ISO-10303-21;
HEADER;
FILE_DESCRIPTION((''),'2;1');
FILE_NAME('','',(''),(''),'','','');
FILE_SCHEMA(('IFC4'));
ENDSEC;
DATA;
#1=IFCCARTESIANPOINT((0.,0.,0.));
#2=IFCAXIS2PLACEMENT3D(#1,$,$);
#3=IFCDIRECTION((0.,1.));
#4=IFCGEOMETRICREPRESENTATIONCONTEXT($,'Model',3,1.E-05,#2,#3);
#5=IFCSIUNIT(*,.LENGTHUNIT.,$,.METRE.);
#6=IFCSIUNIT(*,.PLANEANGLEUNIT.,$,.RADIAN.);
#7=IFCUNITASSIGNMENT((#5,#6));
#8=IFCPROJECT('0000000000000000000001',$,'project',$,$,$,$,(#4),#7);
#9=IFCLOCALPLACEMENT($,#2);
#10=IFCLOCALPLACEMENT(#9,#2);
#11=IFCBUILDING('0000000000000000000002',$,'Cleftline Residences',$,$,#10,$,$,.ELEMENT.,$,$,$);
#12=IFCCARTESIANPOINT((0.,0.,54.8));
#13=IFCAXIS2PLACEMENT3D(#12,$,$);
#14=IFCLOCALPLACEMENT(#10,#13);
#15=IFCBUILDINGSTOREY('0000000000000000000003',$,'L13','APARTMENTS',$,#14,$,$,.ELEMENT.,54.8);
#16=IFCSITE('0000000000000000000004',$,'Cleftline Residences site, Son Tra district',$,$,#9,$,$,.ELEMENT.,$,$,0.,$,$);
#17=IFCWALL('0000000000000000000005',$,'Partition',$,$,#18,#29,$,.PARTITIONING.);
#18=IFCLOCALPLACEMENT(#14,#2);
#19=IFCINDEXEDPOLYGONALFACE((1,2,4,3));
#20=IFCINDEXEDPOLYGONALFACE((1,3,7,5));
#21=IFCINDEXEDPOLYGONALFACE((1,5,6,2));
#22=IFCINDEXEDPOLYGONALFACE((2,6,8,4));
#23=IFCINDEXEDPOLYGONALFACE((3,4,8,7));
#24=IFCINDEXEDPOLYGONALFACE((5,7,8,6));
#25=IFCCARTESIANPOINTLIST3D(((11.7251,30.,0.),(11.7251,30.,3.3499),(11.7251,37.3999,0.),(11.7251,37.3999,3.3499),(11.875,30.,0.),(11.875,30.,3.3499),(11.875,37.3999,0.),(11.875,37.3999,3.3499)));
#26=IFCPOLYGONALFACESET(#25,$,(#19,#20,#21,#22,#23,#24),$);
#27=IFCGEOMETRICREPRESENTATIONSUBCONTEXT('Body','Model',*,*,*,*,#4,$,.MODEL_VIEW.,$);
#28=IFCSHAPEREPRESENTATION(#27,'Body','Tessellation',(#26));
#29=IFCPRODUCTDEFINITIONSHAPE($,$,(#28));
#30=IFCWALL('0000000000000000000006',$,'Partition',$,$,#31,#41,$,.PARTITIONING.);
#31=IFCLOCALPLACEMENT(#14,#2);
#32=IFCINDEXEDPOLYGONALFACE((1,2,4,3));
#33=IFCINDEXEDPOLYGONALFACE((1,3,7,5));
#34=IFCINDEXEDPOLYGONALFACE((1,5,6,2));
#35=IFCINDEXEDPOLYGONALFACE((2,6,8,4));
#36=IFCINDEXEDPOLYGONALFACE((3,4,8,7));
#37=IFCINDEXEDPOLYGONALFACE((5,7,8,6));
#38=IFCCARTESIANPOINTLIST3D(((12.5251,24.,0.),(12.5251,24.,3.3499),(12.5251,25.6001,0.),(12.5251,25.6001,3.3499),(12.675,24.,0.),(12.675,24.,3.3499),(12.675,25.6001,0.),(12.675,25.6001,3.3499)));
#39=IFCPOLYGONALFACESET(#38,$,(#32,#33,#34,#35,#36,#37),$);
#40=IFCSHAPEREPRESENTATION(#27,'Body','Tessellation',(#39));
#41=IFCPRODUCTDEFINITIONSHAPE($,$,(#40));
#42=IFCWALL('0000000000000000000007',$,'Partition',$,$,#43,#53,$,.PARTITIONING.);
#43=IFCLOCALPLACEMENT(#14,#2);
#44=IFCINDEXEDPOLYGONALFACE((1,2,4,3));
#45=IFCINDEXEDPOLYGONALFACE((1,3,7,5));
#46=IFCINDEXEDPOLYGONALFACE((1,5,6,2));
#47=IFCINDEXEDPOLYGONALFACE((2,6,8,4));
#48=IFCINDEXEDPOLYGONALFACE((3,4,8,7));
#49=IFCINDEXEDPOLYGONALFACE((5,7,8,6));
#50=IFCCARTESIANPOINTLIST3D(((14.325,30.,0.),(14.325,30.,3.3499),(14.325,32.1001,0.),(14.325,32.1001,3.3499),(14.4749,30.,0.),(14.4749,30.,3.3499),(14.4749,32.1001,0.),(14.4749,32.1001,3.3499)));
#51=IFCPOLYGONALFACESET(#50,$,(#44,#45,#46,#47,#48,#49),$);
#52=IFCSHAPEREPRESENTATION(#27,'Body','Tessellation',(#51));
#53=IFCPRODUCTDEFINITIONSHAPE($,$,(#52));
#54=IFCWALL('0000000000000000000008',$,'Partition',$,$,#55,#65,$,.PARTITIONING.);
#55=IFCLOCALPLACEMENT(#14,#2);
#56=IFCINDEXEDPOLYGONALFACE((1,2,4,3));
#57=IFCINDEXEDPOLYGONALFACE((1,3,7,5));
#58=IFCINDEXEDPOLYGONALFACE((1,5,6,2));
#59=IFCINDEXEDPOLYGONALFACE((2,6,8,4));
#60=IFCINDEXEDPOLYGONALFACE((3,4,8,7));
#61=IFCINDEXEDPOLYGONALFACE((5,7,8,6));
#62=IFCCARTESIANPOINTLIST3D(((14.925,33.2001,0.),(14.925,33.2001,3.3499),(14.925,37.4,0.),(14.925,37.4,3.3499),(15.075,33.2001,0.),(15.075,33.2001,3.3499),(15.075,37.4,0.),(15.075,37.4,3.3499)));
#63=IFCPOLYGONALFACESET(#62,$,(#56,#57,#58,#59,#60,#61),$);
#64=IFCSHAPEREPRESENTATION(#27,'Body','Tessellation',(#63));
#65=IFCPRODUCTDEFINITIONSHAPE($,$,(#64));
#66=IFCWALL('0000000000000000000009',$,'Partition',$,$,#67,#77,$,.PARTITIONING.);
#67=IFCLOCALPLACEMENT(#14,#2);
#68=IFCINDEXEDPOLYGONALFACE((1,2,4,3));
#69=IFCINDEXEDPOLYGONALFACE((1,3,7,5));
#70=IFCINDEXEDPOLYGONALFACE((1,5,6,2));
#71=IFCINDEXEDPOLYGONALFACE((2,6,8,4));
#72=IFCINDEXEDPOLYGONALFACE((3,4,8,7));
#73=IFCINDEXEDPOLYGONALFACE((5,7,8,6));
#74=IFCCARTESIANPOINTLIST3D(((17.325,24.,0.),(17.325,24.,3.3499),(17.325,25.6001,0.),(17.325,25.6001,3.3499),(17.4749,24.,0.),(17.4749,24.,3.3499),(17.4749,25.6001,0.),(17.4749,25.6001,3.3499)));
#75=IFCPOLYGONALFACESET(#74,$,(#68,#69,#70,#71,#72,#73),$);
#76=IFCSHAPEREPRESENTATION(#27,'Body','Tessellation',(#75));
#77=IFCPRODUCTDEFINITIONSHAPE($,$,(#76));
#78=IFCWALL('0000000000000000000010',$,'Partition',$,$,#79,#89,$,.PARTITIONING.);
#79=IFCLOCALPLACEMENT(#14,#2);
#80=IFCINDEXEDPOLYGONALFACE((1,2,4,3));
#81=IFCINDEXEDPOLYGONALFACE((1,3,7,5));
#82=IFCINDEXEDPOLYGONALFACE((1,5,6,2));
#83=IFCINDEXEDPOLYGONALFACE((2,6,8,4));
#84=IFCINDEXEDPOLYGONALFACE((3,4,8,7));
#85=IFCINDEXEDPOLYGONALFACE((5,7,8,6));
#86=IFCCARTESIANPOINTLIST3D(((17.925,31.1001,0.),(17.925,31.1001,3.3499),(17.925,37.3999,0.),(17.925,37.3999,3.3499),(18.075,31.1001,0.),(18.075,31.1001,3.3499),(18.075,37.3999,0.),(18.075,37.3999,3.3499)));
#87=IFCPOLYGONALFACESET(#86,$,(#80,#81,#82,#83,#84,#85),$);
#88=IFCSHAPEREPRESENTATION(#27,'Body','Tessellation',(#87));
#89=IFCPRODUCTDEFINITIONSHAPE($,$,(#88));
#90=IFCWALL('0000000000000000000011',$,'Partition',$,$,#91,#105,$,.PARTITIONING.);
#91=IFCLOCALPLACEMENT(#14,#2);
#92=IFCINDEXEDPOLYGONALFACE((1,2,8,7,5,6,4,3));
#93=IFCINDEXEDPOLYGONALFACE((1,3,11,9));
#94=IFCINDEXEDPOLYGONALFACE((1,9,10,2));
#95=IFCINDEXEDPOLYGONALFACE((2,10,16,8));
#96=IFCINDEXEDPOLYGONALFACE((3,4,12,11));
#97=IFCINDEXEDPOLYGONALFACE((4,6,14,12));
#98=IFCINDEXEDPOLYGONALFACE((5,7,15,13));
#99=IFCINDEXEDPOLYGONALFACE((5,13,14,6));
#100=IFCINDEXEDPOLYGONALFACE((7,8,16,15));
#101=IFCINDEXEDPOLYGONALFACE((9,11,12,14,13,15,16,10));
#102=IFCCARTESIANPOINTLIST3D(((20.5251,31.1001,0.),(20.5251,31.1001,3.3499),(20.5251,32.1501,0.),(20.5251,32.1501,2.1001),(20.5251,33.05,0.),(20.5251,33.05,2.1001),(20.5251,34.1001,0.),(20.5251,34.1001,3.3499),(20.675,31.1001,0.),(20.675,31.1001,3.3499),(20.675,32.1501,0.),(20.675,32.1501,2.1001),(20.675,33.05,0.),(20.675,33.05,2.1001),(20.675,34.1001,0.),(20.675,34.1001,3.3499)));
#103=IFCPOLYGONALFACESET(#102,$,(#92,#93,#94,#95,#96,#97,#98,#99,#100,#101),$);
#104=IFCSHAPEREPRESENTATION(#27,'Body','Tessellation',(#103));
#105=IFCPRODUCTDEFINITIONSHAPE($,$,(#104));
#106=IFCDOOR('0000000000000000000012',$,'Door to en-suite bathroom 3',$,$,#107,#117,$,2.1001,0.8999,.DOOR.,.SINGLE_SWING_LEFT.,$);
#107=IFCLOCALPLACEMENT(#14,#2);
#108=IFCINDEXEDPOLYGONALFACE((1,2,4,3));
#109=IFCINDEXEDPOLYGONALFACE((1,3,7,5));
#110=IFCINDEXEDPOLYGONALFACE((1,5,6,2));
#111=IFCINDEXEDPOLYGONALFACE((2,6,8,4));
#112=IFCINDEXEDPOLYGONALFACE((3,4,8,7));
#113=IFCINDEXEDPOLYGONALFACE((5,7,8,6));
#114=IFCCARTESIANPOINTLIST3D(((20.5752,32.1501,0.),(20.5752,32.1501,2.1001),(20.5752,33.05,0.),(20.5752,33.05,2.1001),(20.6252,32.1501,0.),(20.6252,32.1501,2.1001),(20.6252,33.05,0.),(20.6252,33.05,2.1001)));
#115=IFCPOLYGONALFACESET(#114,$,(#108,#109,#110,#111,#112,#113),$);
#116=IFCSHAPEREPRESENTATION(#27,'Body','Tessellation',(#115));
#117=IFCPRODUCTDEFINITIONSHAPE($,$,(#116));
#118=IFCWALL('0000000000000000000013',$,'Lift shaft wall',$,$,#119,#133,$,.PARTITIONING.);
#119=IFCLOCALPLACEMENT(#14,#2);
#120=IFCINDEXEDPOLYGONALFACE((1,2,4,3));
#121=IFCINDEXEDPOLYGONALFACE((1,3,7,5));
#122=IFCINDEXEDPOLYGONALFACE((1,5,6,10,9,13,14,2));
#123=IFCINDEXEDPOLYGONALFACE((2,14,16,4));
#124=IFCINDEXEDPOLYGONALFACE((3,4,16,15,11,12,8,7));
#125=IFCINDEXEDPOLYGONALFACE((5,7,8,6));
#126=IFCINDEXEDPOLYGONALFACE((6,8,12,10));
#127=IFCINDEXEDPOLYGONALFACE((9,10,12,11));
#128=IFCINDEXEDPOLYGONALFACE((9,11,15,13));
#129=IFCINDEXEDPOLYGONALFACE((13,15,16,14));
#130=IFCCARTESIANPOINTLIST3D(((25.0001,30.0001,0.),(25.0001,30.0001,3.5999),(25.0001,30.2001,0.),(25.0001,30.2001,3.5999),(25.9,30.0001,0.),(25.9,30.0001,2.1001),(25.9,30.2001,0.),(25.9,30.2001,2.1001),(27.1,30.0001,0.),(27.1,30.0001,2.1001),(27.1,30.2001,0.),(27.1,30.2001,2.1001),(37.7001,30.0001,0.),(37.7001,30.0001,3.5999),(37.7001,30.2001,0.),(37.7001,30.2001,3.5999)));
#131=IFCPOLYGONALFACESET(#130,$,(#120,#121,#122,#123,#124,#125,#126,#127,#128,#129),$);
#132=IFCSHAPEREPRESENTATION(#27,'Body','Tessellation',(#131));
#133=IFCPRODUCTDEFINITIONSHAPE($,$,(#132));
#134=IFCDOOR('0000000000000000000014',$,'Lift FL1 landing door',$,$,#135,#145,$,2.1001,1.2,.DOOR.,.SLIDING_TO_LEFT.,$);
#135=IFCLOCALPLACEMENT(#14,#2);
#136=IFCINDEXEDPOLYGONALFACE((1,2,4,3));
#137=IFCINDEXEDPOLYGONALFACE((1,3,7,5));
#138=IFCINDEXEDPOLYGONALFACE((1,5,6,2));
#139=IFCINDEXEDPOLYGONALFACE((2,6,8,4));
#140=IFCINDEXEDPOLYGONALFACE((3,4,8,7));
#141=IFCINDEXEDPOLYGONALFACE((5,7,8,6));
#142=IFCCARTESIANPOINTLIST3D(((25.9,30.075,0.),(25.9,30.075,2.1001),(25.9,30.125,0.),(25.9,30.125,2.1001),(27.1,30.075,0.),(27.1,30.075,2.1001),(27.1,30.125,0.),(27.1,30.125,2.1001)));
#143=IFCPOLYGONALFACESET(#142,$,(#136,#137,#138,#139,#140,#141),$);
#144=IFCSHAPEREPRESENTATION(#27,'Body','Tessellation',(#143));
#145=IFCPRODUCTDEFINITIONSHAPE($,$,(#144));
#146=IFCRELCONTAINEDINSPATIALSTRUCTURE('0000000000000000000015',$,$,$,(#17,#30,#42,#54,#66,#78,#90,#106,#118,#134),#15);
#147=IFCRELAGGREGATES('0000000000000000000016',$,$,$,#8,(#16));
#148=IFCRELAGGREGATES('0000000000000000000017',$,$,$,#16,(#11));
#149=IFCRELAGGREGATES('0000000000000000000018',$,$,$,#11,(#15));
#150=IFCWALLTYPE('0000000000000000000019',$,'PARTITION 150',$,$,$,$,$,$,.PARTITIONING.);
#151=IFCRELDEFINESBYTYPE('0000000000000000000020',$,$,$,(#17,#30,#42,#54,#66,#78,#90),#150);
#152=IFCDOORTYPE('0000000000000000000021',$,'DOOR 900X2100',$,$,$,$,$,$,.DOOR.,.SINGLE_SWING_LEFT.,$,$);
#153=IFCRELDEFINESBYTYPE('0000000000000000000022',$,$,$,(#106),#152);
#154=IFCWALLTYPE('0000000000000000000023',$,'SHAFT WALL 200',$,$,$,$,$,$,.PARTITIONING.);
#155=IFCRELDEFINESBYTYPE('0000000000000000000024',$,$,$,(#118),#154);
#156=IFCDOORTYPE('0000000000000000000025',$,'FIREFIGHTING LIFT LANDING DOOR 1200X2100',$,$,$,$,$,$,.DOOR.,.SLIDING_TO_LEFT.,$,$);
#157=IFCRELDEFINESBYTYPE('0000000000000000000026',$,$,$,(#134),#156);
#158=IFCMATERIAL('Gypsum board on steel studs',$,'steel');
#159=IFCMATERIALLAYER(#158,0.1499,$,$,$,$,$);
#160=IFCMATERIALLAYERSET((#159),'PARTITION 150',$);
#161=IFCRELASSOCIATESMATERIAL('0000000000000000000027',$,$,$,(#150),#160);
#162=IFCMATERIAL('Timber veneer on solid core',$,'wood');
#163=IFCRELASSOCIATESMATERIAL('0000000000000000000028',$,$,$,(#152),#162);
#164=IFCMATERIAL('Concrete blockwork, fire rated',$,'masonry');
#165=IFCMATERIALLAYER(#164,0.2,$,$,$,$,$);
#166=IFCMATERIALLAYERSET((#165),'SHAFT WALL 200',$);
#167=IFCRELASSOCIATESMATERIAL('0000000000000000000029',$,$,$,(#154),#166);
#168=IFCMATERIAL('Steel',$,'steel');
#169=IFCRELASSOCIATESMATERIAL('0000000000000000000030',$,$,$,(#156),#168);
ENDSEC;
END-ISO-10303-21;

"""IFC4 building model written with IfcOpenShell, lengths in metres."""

from ifc_helpers import new_model, si_unit, direction, frame, frame_2d, origin, place, context, subcontext, project, spatial, rectangle, extrude, material, layer, layer_set, type_object, element, fill, save


model = new_model("IFC4")

# Units and contexts
model_context = context("Model", 3, precision=1e-05, world=origin(), true_north=direction((0.0, 1.0)))
body_context = subcontext(model_context, "Body", "Model", "MODEL_VIEW")
ifc_project = project(units=[si_unit("LENGTHUNIT", "METRE"), si_unit("PLANEANGLEUNIT", "RADIAN")], contexts=[model_context])

# Site, building, storey
site_placement = place(None, origin())
site = spatial("IfcSite", under=ifc_project, at=site_placement, Name="Cleftline Residences site, Son Tra district", CompositionType="ELEMENT", RefElevation=0.0)
building_placement = place(site_placement, origin())
building = spatial("IfcBuilding", under=site, at=building_placement, Name="Cleftline Residences", CompositionType="ELEMENT")
storey_placement = place(building_placement, frame((0.0, 0.0, 54.8)))
storey = spatial("IfcBuildingStorey", under=building, at=storey_placement, Name="L13", Description="APARTMENTS", CompositionType="ELEMENT", Elevation=54.8)

# Shared definitions
ifc_material_1 = material(Name="Gypsum board on steel studs", Category="steel")
ifc_layer_1 = layer(ifc_material_1, 0.1499)
ifc_layer_set_1 = layer_set([ifc_layer_1], Name="PARTITION 150")
wall_type_1 = type_object("IfcWallType", Name="PARTITION 150", PredefinedType="PARTITIONING", material=ifc_layer_set_1)
ifc_material_2 = material(Name="Timber veneer on solid core", Category="wood")
door_type_1 = type_object("IfcDoorType", Name="DOOR 900X2100", OperationType="SINGLE_SWING_LEFT", PredefinedType="DOOR", material=ifc_material_2)

# Walls
wall_1_placement = place(storey_placement, frame((11.8, 30.0, 0.0), z_axis=(0.0, 0.0, 1.0), x_axis=(0.0, 1.0, 0.0)))
element("IfcWall", 1, at=wall_1_placement, inside=storey, type_object=wall_type_1, Name="Partition", PredefinedType="PARTITIONING", context=body_context, shape_type="SweptSolid", body=[
    extrude(rectangle(XDim=7.3999, YDim=0.1499, at=frame_2d((3.7, 0.0))), origin(), (0.0, 0.0, 1.0), 3.3499),
])
wall_2_placement = place(storey_placement, frame((12.6001, 24.0, 0.0), z_axis=(0.0, 0.0, 1.0), x_axis=(0.0, 1.0, 0.0)))
element("IfcWall", 2, at=wall_2_placement, inside=storey, type_object=wall_type_1, Name="Partition", PredefinedType="PARTITIONING", context=body_context, shape_type="SweptSolid", body=[
    extrude(rectangle(XDim=1.6001, YDim=0.1499, at=frame_2d((0.8, 0.0))), origin(), (0.0, 0.0, 1.0), 3.3499),
])
wall_3_placement = place(storey_placement, frame((14.3999, 30.0, 0.0), z_axis=(0.0, 0.0, 1.0), x_axis=(0.0, 1.0, 0.0)))
element("IfcWall", 3, at=wall_3_placement, inside=storey, type_object=wall_type_1, Name="Partition", PredefinedType="PARTITIONING", context=body_context, shape_type="SweptSolid", body=[
    extrude(rectangle(XDim=2.1001, YDim=0.1499, at=frame_2d((1.05, 0.0))), origin(), (0.0, 0.0, 1.0), 3.3499),
])
wall_4_placement = place(storey_placement, frame((15.0, 33.2, 0.0), z_axis=(0.0, 0.0, 1.0), x_axis=(0.0, 1.0, 0.0)))
element("IfcWall", 4, at=wall_4_placement, inside=storey, type_object=wall_type_1, Name="Partition", PredefinedType="PARTITIONING", context=body_context, shape_type="SweptSolid", body=[
    extrude(rectangle(XDim=4.2, YDim=0.1499, at=frame_2d((2.1001, 0.0))), origin(), (0.0, 0.0, 1.0), 3.3499),
])
wall_5_placement = place(storey_placement, frame((17.3999, 24.0, 0.0), z_axis=(0.0, 0.0, 1.0), x_axis=(0.0, 1.0, 0.0)))
element("IfcWall", 5, at=wall_5_placement, inside=storey, type_object=wall_type_1, Name="Partition", PredefinedType="PARTITIONING", context=body_context, shape_type="SweptSolid", body=[
    extrude(rectangle(XDim=1.6001, YDim=0.1499, at=frame_2d((0.8, 0.0))), origin(), (0.0, 0.0, 1.0), 3.3499),
])
wall_6_placement = place(storey_placement, frame((18.0, 31.1001, 0.0), z_axis=(0.0, 0.0, 1.0), x_axis=(0.0, 1.0, 0.0)))
element("IfcWall", 6, at=wall_6_placement, inside=storey, type_object=wall_type_1, Name="Partition", PredefinedType="PARTITIONING", context=body_context, shape_type="SweptSolid", body=[
    extrude(rectangle(XDim=6.2998, YDim=0.1499, at=frame_2d((3.1499, 0.0))), origin(), (0.0, 0.0, 1.0), 3.3499),
])

# Walls, openings, doors
wall_7_placement = place(storey_placement, frame((20.6001, 31.1001, 0.0), z_axis=(0.0, 0.0, 1.0), x_axis=(0.0, 1.0, 0.0)))
wall_7 = element("IfcWall", 7, at=wall_7_placement, inside=storey, type_object=wall_type_1, Name="Partition", PredefinedType="PARTITIONING", context=body_context, shape_type="SweptSolid", body=[
    extrude(rectangle(XDim=3.0, YDim=0.1499, at=frame_2d((1.5, 0.0))), origin(), (0.0, 0.0, 1.0), 3.3499),
])
opening_1_placement = place(wall_7_placement, frame((1.05, 0.0, 0.0)))
opening_1 = element("IfcOpeningElement", 8, at=opening_1_placement, cuts=wall_7, PredefinedType="OPENING", context=body_context, shape_type="SweptSolid", body=[
    extrude(rectangle(XDim=0.8999, YDim=2.1001, at=frame_2d((0.45, 1.05))), frame((0.0, 0.085, 0.0), z_axis=(0.0, -1.0, 0.0), x_axis=(1.0, 0.0, 0.0)), (0.0, 0.0, 1.0), 0.1699),
])
door_1_placement = place(opening_1_placement, origin())
door_1 = element("IfcDoor", 9, at=door_1_placement, inside=storey, type_object=door_type_1, Name="Door to en-suite bathroom 3", OperationType="SINGLE_SWING_LEFT", OverallHeight=2.1001, OverallWidth=0.8999, PredefinedType="DOOR", context=body_context, shape_type="SweptSolid", body=[
    extrude(rectangle(XDim=0.8999, YDim=2.1001, at=frame_2d((0.45, 1.05))), frame((0.0, 0.0249, 0.0), z_axis=(0.0, -1.0, 0.0), x_axis=(1.0, 0.0, 0.0)), (0.0, 0.0, 1.0), 0.05),
])
fill(opening_1, door_1)
ifc_material_3 = material(Name="Concrete blockwork, fire rated", Category="masonry")
ifc_layer_2 = layer(ifc_material_3, 0.2)
ifc_layer_set_2 = layer_set([ifc_layer_2], Name="SHAFT WALL 200")
wall_type_2 = type_object("IfcWallType", Name="SHAFT WALL 200", PredefinedType="PARTITIONING", material=ifc_layer_set_2)
wall_8_placement = place(storey_placement, frame((25.0, 30.1001, 0.0), z_axis=(0.0, 0.0, 1.0), x_axis=(1.0, 0.0, 0.0)))
wall_8 = element("IfcWall", 10, at=wall_8_placement, inside=storey, type_object=wall_type_2, Name="Lift shaft wall", PredefinedType="PARTITIONING", context=body_context, shape_type="SweptSolid", body=[
    extrude(rectangle(XDim=12.7, YDim=0.2, at=frame_2d((6.3501, 0.0))), origin(), (0.0, 0.0, 1.0), 3.5999),
])
opening_2_placement = place(wall_8_placement, frame((0.8999, 0.0, 0.0)))
opening_2 = element("IfcOpeningElement", 11, at=opening_2_placement, cuts=wall_8, PredefinedType="OPENING", context=body_context, shape_type="SweptSolid", body=[
    extrude(rectangle(XDim=1.2, YDim=2.1001, at=frame_2d((0.6001, 1.05))), frame((0.0, 0.1099, 0.0), z_axis=(0.0, -1.0, 0.0), x_axis=(1.0, 0.0, 0.0)), (0.0, 0.0, 1.0), 0.22),
])
ifc_material_4 = material(Name="Steel", Category="steel")
door_type_2 = type_object("IfcDoorType", Name="FIREFIGHTING LIFT LANDING DOOR 1200X2100", OperationType="SLIDING_TO_LEFT", PredefinedType="DOOR", material=ifc_material_4)
door_2_placement = place(opening_2_placement, origin())
door_2 = element("IfcDoor", 12, at=door_2_placement, inside=storey, type_object=door_type_2, Name="Lift FL1 landing door", OperationType="SLIDING_TO_LEFT", OverallHeight=2.1001, OverallWidth=1.2, PredefinedType="DOOR", context=body_context, shape_type="SweptSolid", body=[
    extrude(rectangle(XDim=1.2, YDim=2.1001, at=frame_2d((0.6001, 1.05))), frame((0.0, 0.0249, 0.0), z_axis=(0.0, -1.0, 0.0), x_axis=(1.0, 0.0, 0.0)), (0.0, 0.0, 1.0), 0.05),
])
fill(opening_2, door_2)

save(model, "model.ifc")
